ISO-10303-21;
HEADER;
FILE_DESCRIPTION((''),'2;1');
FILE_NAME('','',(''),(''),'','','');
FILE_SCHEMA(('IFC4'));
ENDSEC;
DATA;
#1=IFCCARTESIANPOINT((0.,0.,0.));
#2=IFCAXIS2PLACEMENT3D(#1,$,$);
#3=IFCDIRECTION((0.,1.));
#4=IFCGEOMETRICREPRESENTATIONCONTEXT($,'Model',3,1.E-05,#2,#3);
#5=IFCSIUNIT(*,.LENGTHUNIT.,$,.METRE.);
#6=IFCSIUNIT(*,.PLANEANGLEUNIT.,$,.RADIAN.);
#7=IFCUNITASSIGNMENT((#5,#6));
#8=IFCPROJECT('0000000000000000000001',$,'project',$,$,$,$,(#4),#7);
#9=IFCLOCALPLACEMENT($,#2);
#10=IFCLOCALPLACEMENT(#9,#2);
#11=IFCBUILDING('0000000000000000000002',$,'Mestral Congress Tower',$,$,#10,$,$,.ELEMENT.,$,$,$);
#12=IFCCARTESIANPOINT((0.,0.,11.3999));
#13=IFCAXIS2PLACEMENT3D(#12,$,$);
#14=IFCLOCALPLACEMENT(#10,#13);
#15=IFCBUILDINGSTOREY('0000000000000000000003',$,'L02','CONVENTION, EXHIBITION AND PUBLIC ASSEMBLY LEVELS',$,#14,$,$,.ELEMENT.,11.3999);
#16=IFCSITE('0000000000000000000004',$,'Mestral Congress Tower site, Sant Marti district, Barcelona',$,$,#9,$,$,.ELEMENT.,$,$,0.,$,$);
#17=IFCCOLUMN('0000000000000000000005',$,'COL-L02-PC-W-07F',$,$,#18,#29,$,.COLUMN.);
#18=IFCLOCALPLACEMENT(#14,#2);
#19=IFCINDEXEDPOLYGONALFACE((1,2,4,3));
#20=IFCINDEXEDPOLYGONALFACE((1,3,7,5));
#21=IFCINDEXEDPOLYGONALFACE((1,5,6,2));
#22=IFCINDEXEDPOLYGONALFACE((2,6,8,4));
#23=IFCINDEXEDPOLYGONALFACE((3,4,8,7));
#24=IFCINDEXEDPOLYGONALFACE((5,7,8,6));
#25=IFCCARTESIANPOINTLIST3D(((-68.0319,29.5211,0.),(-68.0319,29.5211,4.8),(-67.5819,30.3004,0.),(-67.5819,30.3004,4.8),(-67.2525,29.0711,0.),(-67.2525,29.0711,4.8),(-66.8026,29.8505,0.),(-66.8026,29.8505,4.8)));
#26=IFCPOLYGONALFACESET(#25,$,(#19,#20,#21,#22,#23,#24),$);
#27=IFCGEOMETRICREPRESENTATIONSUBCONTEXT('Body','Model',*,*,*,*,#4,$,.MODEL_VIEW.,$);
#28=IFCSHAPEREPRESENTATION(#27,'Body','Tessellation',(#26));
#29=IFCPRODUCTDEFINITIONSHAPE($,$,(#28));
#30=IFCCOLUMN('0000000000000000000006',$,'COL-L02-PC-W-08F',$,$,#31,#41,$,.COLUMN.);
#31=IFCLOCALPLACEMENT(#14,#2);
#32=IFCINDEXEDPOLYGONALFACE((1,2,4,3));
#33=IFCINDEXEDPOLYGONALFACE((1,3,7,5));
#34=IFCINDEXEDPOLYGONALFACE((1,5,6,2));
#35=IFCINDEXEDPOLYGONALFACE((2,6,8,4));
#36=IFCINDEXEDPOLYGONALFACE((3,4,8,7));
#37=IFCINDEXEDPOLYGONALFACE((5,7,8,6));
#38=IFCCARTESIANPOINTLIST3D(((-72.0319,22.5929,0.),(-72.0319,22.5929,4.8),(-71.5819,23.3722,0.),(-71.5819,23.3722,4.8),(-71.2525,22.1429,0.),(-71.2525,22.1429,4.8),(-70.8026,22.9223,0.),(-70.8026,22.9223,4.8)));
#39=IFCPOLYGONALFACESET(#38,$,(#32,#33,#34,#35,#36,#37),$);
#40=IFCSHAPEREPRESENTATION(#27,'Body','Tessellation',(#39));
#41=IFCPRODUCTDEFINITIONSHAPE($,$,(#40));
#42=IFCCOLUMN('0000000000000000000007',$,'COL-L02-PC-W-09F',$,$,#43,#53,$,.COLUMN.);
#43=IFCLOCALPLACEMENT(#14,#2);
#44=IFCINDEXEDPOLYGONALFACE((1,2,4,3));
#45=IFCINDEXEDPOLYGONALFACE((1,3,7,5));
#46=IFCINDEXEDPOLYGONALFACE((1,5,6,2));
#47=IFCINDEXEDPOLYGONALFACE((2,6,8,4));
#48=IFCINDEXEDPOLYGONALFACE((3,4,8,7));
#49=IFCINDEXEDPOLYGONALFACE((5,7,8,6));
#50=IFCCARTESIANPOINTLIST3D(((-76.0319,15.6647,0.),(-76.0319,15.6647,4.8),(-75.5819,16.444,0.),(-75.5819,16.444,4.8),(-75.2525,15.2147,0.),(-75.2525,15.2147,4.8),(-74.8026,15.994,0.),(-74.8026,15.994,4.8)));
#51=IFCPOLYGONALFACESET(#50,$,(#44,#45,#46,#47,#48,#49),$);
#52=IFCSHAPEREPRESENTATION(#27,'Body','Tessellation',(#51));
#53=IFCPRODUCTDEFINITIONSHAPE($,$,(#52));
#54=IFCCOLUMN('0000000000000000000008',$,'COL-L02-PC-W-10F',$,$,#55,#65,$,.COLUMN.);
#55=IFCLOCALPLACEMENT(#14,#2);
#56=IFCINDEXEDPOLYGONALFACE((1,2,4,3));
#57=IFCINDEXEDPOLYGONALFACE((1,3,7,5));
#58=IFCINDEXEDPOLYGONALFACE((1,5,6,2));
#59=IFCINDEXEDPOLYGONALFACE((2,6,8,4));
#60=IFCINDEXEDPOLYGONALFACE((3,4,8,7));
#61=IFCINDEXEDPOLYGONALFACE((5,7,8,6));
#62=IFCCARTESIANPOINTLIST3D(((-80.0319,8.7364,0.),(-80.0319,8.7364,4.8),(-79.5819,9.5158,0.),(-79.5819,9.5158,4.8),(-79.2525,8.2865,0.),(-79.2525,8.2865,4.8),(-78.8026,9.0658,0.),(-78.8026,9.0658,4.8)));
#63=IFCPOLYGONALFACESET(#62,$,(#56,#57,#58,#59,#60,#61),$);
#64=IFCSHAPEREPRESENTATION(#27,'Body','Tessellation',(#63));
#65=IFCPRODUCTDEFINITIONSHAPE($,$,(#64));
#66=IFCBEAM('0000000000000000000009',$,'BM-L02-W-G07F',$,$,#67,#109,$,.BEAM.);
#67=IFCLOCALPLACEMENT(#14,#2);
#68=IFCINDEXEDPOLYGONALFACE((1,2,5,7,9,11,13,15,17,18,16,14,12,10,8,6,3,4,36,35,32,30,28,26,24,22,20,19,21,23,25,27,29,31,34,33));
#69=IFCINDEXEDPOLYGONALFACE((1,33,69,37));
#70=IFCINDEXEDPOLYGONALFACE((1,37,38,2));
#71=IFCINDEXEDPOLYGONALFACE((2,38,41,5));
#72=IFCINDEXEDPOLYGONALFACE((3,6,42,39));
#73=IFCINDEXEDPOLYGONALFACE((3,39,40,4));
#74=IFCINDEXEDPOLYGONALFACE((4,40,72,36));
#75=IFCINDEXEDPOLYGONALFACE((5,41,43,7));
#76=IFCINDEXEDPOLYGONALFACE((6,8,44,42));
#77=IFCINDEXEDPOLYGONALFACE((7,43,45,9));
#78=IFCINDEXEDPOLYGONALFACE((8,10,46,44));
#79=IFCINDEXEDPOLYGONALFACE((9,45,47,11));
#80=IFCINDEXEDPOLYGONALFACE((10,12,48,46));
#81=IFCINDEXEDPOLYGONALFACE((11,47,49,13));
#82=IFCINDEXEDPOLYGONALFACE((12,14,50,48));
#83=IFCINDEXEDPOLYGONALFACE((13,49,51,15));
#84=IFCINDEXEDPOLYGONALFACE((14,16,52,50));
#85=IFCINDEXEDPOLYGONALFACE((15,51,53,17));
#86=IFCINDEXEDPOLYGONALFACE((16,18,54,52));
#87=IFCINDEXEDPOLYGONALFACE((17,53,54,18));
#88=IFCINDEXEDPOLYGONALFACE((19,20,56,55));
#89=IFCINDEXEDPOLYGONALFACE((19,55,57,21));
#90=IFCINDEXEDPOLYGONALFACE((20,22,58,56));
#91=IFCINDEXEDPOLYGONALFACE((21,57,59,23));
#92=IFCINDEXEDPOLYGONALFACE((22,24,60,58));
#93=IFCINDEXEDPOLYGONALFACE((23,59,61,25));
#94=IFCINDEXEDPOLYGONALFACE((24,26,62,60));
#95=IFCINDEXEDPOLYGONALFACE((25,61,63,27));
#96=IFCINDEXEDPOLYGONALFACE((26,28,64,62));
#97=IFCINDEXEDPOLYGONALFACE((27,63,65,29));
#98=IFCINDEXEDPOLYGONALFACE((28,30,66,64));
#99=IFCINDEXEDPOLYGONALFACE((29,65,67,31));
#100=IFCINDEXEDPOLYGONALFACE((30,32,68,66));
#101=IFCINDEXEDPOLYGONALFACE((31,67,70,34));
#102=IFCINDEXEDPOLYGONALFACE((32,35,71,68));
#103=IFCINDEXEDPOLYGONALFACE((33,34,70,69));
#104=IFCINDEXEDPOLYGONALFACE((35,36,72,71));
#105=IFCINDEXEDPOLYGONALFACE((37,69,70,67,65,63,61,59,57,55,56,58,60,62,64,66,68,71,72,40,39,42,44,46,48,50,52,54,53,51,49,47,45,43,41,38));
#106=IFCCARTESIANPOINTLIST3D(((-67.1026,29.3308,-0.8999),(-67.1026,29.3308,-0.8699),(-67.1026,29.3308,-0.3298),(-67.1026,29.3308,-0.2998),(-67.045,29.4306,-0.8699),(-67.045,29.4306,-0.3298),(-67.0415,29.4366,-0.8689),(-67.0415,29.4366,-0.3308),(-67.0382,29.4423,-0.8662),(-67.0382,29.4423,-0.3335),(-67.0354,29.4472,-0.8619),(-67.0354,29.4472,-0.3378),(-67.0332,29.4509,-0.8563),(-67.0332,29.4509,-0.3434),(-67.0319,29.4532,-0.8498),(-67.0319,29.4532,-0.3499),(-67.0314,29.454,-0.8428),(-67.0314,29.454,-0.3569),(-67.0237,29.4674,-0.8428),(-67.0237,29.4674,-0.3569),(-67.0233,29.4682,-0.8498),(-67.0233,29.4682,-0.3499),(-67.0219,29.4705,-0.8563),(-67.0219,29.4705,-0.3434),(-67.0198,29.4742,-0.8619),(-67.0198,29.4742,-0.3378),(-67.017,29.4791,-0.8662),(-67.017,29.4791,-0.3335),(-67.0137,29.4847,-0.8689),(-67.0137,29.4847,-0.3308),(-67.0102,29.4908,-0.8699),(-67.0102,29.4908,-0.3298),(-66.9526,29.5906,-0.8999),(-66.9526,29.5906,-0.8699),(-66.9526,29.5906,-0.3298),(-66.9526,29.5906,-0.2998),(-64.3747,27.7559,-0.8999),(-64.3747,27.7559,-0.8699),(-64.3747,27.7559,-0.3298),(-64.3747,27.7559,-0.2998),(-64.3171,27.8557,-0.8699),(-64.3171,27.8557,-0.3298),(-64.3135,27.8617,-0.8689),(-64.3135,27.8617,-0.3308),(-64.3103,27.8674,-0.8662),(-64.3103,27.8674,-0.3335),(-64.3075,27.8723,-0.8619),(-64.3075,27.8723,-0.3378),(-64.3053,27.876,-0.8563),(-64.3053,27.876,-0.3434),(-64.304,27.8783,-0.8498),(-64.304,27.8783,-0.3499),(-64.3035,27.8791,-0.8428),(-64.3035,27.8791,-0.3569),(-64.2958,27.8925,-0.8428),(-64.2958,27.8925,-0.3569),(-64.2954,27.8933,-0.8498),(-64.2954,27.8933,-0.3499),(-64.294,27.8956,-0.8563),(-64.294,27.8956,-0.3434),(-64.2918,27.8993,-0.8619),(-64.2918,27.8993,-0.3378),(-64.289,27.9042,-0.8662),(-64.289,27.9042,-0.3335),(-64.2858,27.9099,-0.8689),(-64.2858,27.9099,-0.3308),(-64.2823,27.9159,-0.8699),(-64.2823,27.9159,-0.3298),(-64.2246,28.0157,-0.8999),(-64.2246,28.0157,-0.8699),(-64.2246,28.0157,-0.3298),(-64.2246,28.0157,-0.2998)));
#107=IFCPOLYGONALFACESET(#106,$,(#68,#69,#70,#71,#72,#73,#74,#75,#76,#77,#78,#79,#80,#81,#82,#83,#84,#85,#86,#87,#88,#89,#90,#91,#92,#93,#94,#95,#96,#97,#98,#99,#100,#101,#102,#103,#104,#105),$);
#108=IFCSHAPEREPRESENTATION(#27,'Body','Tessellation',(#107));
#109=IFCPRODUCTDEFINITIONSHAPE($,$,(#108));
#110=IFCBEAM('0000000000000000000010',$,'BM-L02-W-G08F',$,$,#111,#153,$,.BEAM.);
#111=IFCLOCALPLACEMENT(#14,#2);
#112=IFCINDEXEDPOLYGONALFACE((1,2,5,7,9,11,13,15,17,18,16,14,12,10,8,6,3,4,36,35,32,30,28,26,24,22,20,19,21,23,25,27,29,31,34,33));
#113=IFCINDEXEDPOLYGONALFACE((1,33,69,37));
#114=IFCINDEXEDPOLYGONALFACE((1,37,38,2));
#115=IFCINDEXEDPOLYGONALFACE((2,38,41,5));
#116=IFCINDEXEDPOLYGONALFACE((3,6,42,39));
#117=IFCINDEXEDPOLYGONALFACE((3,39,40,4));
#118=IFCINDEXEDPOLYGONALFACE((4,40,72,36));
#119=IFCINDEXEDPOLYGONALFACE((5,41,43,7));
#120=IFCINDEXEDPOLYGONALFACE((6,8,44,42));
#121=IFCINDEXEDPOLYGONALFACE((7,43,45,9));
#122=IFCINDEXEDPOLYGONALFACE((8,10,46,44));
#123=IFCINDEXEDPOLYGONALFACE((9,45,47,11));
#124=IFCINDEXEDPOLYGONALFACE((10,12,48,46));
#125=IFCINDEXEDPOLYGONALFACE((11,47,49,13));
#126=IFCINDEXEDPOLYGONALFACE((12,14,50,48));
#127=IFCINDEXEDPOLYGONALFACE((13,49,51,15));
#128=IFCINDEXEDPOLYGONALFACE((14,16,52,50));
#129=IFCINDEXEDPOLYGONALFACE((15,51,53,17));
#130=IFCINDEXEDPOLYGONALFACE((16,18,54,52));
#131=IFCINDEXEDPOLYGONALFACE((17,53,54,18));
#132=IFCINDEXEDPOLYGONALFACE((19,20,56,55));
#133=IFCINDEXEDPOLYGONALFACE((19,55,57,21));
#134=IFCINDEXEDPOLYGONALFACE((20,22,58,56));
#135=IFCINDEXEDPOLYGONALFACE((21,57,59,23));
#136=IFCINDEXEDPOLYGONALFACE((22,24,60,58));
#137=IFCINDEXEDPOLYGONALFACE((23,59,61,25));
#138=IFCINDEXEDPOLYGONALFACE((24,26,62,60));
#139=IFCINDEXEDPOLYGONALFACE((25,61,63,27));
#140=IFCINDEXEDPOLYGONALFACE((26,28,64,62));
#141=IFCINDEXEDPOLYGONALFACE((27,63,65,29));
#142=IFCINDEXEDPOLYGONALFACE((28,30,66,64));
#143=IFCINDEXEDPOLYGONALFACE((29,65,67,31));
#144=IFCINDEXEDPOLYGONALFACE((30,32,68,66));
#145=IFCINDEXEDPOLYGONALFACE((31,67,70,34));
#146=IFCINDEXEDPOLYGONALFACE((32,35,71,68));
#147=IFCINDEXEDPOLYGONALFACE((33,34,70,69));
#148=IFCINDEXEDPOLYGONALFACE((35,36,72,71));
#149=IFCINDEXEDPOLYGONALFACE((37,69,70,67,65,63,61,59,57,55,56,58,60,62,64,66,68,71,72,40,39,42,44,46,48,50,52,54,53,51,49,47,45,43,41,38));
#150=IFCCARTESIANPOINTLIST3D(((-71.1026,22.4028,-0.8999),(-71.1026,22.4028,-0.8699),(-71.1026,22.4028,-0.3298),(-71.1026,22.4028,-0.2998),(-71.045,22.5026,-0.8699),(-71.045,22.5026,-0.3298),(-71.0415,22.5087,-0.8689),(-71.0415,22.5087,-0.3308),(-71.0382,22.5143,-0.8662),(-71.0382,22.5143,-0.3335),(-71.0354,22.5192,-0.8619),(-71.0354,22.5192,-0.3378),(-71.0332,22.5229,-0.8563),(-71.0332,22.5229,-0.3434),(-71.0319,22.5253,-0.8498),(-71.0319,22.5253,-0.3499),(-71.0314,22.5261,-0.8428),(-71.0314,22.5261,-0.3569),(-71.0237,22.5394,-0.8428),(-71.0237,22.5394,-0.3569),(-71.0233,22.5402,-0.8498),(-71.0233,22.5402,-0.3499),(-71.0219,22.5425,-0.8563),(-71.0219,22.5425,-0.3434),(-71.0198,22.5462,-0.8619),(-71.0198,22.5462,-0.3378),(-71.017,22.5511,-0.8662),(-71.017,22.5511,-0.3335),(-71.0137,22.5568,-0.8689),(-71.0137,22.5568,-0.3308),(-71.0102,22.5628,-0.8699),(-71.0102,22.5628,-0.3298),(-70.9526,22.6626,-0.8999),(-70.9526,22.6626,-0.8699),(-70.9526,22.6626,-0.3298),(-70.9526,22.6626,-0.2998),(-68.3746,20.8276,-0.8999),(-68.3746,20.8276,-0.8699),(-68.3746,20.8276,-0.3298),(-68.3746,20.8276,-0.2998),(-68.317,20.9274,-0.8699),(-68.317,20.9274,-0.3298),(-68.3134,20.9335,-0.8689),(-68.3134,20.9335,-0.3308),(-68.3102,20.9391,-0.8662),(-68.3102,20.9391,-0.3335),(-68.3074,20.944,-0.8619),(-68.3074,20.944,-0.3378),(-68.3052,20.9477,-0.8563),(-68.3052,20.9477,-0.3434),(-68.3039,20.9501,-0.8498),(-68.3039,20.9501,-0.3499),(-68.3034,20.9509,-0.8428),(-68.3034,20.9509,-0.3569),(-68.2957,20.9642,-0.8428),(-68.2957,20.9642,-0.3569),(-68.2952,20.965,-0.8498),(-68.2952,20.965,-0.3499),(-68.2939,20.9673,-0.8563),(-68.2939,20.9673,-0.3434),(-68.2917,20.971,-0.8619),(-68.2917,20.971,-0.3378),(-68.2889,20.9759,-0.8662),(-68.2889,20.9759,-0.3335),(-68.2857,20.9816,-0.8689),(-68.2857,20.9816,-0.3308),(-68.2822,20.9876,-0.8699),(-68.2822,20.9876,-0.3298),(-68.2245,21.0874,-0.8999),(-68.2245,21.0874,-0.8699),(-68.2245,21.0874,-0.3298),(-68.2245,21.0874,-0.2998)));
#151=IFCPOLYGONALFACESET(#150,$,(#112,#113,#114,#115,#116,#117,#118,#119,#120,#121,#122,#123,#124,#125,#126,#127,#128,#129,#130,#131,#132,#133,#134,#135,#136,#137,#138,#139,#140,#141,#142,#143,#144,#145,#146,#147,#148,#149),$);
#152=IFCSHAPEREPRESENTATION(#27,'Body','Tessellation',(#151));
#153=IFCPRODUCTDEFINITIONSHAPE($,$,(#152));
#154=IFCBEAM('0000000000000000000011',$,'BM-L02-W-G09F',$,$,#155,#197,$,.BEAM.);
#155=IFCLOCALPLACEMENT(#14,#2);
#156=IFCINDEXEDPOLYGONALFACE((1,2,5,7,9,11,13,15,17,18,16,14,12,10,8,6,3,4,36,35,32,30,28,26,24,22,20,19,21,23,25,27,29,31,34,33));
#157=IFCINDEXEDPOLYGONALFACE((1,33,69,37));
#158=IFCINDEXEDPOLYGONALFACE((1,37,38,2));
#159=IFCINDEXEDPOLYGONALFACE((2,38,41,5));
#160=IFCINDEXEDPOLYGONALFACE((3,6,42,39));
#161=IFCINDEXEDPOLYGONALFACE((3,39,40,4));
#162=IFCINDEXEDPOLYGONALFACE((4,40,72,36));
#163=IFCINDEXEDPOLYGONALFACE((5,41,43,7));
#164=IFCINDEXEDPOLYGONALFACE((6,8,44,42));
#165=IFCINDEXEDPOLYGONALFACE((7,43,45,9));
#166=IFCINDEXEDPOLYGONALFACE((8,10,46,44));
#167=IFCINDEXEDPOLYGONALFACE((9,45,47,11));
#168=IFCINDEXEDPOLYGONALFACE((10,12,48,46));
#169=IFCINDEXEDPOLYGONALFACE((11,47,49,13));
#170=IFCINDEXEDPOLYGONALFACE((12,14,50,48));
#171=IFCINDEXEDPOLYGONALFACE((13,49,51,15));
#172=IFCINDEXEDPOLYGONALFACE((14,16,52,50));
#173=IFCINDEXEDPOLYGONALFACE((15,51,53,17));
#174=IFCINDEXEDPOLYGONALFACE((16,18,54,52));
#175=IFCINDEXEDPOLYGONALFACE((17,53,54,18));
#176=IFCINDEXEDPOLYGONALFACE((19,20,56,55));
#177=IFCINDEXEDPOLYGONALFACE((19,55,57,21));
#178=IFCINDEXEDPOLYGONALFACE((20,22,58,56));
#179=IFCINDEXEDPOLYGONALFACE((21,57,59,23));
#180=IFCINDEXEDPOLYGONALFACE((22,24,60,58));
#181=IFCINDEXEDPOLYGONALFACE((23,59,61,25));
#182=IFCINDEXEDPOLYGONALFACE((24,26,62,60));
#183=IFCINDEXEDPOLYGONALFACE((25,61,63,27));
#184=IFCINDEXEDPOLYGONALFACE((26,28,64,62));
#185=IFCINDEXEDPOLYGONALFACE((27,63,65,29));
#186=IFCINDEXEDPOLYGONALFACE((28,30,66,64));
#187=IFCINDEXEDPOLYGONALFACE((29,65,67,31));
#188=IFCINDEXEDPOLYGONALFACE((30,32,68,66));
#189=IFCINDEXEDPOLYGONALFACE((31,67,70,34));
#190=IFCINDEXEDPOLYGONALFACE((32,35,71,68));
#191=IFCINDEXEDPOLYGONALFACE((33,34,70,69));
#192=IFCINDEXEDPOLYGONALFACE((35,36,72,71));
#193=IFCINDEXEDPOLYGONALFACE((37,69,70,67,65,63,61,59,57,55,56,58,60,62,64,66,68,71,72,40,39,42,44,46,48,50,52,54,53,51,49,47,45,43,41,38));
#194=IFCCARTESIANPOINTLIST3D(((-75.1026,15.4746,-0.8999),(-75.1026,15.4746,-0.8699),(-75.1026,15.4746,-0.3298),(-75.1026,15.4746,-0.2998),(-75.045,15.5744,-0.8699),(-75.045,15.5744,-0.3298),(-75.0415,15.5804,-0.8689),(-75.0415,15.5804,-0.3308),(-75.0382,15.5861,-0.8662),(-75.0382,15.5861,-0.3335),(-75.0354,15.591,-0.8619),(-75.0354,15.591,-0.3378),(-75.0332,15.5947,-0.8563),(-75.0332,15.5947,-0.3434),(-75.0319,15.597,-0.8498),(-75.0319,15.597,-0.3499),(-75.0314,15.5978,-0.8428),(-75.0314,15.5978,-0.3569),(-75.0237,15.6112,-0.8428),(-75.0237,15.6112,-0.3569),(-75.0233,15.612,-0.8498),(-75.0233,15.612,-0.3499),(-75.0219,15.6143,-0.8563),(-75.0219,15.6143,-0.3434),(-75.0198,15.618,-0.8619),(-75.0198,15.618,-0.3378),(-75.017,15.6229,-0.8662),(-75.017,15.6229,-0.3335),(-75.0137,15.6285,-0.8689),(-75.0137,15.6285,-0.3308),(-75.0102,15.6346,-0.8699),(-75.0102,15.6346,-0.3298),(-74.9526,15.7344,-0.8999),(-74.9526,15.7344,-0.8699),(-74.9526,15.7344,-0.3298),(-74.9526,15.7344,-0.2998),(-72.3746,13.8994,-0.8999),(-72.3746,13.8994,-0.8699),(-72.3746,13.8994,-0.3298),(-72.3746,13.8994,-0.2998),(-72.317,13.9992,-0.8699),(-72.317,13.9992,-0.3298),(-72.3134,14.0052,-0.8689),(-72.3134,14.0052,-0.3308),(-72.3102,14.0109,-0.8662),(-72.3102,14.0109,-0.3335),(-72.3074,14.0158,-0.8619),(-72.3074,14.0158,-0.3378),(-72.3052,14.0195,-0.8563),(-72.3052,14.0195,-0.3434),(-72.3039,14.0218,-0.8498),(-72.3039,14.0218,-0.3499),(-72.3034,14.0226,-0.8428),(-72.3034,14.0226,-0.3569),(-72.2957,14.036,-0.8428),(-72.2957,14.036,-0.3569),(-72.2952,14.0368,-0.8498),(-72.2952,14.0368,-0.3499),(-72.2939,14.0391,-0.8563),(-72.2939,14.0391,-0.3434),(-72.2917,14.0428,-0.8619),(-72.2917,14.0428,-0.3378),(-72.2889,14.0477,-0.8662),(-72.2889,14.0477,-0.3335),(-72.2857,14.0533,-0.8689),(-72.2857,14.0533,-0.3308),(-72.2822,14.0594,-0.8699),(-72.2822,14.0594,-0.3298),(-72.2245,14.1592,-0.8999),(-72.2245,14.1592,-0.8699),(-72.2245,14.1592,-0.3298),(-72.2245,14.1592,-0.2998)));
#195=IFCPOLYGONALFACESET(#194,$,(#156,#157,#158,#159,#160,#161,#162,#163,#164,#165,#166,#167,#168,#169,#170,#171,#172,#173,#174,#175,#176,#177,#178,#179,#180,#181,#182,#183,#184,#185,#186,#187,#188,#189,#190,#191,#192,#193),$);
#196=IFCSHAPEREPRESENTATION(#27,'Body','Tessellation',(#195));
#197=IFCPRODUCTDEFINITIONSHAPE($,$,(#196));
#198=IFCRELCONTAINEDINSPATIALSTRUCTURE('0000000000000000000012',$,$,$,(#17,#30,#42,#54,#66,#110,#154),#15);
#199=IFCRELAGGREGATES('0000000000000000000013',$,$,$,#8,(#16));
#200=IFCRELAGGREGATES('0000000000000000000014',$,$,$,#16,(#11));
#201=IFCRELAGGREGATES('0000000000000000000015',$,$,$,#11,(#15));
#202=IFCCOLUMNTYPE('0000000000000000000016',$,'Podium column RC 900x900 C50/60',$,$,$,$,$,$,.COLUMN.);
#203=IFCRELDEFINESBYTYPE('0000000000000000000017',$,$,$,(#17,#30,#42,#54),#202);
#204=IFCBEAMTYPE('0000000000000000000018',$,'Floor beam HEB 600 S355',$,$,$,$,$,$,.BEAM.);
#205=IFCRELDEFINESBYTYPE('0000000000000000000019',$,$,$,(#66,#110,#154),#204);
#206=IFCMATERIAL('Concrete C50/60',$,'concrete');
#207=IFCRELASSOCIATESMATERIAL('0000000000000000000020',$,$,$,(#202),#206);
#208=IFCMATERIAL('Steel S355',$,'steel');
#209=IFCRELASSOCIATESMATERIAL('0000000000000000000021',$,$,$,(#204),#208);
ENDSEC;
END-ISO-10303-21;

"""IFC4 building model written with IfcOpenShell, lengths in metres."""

from ifc_helpers import new_model, si_unit, direction, frame, origin, origin_2d, place, context, subcontext, project, spatial, rectangle, i_section, extrude, material, material_profile, profile_set, type_object, element, save


model = new_model("IFC4")

# Units and contexts
model_context = context("Model", 3, precision=1e-05, world=origin(), true_north=direction((0.0, 1.0)))
body_context = subcontext(model_context, "Body", "Model", "MODEL_VIEW")
ifc_project = project(units=[si_unit("LENGTHUNIT", "METRE"), si_unit("PLANEANGLEUNIT", "RADIAN")], contexts=[model_context])

# Site, building, storey
site_placement = place(None, origin())
site = spatial("IfcSite", under=ifc_project, at=site_placement, Name="Mestral Congress Tower site, Sant Marti district, Barcelona", CompositionType="ELEMENT", RefElevation=0.0)
building_placement = place(site_placement, origin())
building = spatial("IfcBuilding", under=site, at=building_placement, Name="Mestral Congress Tower", CompositionType="ELEMENT")
storey_placement = place(building_placement, frame((0.0, 0.0, 11.3999)))
storey = spatial("IfcBuildingStorey", under=building, at=storey_placement, Name="L02", Description="CONVENTION, EXHIBITION AND PUBLIC ASSEMBLY LEVELS", CompositionType="ELEMENT", Elevation=11.3999)

# Columns
ifc_material_1 = material(Name="Concrete C50/60", Category="concrete")
ifc_material_profile_1 = material_profile(ifc_material_1, rectangle(XDim=0.8999, YDim=0.8999, at=origin_2d()), Name="RC 900x900")
ifc_profile_set_1 = profile_set([ifc_material_profile_1], Name="Concrete C50/60")
column_type = type_object("IfcColumnType", Name="Podium column RC 900x900 C50/60", PredefinedType="COLUMN", material=ifc_profile_set_1)
for number, where, z_axis, x_axis, name in (
    (1, (-67.4172, 29.6858, 0.0), (0.0, 0.0, 1.0), (-0.5, -0.866025, 0.0), "COL-L02-PC-W-07F"),
    (2, (-71.4172, 22.7576, 0.0), (0.0, 0.0, 1.0), (-0.5, -0.866025, 0.0), "COL-L02-PC-W-08F"),
    (3, (-75.4172, 15.8293, 0.0), (0.0, 0.0, 1.0), (-0.5, -0.866025, 0.0), "COL-L02-PC-W-09F"),
    (4, (-79.4172, 8.9011, 0.0), (0.0, 0.0, 1.0), (-0.5, -0.866025, 0.0), "COL-L02-PC-W-10F"),
):
    element("IfcColumn", number, at=place(storey_placement, frame(where, z_axis=z_axis, x_axis=x_axis)), inside=storey, type_object=column_type, Name=name, PredefinedType="COLUMN", context=body_context, shape_type="SweptSolid", body=[
        extrude(rectangle(XDim=0.8999, YDim=0.8999, at=origin_2d()), origin(), (0.0, 0.0, 1.0), 4.8),
    ])

# Beams
ifc_material_2 = material(Name="Steel S355", Category="steel")
ifc_material_profile_2 = material_profile(ifc_material_2, i_section(OverallWidth=0.3, OverallDepth=0.6001, WebThickness=0.0154, FlangeThickness=0.03, FilletRadius=0.0271, at=origin_2d()), Name="HEB 600")
ifc_profile_set_2 = profile_set([ifc_material_profile_2], Name="Steel S355")
beam_type_1 = type_object("IfcBeamType", Name="Floor beam HEB 600 S355", PredefinedType="BEAM", material=ifc_profile_set_2)
beam_1_placement = place(storey_placement, frame((-67.0276, 29.4607, -0.5999), z_axis=(0.866036, -0.499982, 0.0), x_axis=(0.499982, 0.866036, 0.0)))
element("IfcBeam", 5, at=beam_1_placement, inside=storey, type_object=beam_type_1, Name="BM-L02-W-G07F", PredefinedType="BEAM", context=body_context, shape_type="SweptSolid", body=[
    extrude(i_section(OverallWidth=0.3, OverallDepth=0.6001, WebThickness=0.0154, FlangeThickness=0.03, FilletRadius=0.0271, at=origin_2d()), origin(), (0.0, 0.0, 1.0), 3.1499),
])
for number, where, z_axis, x_axis, name in (
    (6, (-71.0276, 22.5327, -0.5999), (0.866002, -0.50004, 0.0), (0.50004, 0.866002, 0.0), "BM-L02-W-G08F"),
    (7, (-75.0276, 15.6045, -0.5999), (0.866002, -0.50004, 0.0), (0.50004, 0.866002, 0.0), "BM-L02-W-G09F"),
):
    element("IfcBeam", number, at=place(storey_placement, frame(where, z_axis=z_axis, x_axis=x_axis)), inside=storey, type_object=beam_type_1, Name=name, PredefinedType="BEAM", context=body_context, shape_type="SweptSolid", body=[
        extrude(i_section(OverallWidth=0.3, OverallDepth=0.6001, WebThickness=0.0154, FlangeThickness=0.03, FilletRadius=0.0271, at=origin_2d()), origin(), (0.0, 0.0, 1.0), 3.1501),
    ])

save(model, "model.ifc")
